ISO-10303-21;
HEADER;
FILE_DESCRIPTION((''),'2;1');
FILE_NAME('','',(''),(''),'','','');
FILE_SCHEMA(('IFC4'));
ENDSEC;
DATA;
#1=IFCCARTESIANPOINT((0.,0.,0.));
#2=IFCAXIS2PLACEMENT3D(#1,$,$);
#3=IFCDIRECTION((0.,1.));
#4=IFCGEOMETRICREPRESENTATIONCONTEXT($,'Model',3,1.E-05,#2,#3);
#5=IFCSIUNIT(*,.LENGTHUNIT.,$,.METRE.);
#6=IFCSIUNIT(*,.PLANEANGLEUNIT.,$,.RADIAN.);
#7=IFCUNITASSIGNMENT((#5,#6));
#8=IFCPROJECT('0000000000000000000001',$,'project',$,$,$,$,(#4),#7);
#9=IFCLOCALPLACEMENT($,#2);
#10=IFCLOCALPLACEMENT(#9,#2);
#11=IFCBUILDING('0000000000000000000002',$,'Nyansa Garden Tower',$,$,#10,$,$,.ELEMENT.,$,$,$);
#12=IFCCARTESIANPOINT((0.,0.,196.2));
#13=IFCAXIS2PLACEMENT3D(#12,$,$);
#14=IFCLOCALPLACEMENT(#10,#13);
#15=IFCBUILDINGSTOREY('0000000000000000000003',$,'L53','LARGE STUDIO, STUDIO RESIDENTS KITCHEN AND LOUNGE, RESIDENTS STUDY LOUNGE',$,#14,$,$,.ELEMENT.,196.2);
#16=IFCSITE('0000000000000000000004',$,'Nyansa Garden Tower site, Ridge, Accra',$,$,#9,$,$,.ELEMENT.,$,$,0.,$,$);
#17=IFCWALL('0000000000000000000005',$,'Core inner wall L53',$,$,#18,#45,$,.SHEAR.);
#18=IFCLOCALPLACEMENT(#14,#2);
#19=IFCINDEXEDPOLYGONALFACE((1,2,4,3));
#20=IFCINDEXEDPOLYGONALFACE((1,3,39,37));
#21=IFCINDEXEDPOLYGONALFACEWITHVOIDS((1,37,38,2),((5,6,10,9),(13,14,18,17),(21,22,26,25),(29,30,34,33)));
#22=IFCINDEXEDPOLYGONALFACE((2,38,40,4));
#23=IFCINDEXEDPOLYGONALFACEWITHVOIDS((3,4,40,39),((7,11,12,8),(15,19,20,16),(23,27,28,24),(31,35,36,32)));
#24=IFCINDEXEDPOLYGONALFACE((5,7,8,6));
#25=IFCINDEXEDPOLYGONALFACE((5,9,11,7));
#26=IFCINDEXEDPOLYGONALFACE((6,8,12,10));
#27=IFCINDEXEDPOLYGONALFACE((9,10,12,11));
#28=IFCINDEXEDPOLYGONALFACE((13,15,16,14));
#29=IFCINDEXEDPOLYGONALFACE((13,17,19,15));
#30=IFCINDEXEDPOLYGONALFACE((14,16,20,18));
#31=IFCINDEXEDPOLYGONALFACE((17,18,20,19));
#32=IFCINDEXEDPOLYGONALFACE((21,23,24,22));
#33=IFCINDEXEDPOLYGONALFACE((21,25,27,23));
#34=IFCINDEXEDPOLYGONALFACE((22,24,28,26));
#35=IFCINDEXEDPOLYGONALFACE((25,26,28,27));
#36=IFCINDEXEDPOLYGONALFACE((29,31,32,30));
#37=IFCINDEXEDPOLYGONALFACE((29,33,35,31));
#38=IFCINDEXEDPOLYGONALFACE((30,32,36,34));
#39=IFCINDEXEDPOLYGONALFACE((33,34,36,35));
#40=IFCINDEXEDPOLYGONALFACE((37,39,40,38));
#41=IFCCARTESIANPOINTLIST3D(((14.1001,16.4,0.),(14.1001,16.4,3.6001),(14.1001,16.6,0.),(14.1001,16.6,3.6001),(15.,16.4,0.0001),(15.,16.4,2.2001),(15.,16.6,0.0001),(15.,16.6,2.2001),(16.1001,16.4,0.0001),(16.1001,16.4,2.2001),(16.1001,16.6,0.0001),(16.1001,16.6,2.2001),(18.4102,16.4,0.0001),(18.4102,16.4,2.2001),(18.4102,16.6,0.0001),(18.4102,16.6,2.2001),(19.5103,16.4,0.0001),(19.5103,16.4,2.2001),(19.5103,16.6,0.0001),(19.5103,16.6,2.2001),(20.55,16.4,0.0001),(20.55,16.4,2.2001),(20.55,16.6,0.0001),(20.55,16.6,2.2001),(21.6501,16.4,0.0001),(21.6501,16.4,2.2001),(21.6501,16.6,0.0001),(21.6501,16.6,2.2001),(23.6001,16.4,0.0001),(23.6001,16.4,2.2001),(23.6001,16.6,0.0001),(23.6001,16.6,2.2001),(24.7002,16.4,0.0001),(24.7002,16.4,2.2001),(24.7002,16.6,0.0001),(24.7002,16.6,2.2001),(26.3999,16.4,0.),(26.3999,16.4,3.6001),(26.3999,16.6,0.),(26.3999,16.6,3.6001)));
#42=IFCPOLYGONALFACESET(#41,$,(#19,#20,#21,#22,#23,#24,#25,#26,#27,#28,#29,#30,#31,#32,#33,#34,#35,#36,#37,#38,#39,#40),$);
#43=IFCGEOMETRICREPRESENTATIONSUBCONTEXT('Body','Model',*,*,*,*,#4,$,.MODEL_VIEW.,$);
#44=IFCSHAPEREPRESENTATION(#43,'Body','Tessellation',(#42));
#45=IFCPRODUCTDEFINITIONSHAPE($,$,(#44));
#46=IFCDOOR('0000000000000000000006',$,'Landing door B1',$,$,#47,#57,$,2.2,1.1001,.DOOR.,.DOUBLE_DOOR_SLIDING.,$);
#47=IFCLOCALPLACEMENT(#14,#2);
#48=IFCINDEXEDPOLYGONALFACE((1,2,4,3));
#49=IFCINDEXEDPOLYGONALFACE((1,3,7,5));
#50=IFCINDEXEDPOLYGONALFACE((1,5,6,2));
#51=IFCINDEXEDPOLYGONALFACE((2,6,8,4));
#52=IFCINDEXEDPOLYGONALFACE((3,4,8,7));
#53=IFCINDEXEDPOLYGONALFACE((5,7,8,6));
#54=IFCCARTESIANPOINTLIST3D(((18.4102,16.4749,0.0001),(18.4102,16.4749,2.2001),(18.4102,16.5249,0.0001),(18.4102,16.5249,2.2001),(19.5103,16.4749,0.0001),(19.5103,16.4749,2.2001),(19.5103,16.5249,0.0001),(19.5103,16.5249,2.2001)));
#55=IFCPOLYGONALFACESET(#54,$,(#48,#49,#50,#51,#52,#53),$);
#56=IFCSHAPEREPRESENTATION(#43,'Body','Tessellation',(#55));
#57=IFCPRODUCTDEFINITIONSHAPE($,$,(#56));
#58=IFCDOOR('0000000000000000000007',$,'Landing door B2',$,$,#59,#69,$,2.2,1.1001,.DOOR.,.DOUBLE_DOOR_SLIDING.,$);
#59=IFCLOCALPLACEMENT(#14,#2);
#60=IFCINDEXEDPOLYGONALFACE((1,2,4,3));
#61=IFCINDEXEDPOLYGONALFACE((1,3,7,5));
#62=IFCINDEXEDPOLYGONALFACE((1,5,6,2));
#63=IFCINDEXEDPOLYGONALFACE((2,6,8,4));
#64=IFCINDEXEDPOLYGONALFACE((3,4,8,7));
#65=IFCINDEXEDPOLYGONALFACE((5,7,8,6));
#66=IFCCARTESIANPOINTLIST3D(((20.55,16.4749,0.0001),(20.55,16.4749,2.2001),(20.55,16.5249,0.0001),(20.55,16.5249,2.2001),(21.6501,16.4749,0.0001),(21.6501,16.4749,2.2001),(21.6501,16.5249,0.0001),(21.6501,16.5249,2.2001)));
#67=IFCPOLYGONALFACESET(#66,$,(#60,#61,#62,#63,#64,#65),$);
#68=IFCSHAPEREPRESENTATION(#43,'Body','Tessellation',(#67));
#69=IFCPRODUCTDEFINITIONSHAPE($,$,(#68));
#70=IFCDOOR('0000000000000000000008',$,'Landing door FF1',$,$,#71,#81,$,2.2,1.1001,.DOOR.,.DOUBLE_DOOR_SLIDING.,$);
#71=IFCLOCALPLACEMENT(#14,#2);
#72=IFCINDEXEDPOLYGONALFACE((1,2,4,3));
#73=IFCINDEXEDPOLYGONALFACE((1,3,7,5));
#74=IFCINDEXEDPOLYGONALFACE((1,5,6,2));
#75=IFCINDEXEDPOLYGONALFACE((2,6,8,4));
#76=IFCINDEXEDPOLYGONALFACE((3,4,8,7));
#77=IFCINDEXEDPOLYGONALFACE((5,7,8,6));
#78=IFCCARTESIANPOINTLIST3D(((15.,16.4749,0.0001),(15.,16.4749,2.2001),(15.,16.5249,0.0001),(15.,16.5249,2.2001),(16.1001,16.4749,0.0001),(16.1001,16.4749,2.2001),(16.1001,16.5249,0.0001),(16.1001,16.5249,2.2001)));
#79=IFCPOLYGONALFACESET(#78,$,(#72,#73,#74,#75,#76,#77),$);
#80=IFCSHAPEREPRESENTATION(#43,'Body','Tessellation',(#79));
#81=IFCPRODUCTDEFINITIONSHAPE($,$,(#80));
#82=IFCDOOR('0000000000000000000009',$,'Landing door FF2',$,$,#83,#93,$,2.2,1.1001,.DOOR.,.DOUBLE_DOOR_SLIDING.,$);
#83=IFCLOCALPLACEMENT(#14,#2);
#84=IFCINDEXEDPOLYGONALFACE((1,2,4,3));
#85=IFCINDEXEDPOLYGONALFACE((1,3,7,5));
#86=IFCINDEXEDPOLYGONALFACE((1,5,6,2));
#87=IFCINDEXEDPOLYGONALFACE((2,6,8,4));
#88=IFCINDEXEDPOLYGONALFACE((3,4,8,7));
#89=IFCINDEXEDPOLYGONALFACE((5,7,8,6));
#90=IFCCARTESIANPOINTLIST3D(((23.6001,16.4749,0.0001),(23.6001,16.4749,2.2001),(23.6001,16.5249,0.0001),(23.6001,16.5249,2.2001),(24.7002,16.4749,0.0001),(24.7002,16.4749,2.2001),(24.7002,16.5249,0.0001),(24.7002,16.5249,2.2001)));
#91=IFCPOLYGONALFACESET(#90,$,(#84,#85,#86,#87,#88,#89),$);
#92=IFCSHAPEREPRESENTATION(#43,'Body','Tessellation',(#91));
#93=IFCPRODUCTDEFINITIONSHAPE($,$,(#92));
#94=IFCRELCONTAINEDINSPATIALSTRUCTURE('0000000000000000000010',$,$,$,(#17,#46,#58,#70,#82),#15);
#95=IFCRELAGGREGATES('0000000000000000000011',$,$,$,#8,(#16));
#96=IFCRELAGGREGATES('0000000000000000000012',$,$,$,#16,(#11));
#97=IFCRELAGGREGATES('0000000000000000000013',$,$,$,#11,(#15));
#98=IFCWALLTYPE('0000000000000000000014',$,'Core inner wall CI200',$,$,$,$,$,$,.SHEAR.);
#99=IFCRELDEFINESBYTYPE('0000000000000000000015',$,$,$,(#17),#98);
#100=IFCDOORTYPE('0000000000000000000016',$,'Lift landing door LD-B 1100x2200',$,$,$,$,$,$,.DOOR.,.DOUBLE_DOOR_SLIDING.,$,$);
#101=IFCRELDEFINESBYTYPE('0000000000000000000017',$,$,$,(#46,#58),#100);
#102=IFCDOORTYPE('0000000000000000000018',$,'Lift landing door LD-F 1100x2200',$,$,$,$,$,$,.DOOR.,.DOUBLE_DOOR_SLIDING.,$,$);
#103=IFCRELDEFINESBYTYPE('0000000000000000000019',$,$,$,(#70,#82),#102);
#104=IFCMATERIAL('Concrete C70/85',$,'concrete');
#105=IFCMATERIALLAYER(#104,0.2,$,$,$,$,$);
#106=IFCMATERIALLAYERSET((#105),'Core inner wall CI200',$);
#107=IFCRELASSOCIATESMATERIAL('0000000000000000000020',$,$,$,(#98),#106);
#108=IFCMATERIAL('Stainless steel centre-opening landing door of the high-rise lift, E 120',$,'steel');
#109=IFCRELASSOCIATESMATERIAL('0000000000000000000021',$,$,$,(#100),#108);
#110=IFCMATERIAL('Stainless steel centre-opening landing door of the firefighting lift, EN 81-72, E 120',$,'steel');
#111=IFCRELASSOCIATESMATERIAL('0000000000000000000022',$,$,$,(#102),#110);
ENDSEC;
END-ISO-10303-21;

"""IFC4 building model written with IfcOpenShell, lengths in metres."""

from ifc_helpers import new_model, si_unit, direction, frame, frame_2d, origin, place, context, subcontext, project, spatial, rectangle, extrude, material, layer, layer_set, type_object, element, fill, save


model = new_model("IFC4")

# Units and contexts
model_context = context("Model", 3, precision=1e-05, world=origin(), true_north=direction((0.0, 1.0)))
body_context = subcontext(model_context, "Body", "Model", "MODEL_VIEW")
ifc_project = project(units=[si_unit("LENGTHUNIT", "METRE"), si_unit("PLANEANGLEUNIT", "RADIAN")], contexts=[model_context])

# Site, building, storey
site_placement = place(None, origin())
site = spatial("IfcSite", under=ifc_project, at=site_placement, Name="Nyansa Garden Tower site, Ridge, Accra", CompositionType="ELEMENT", RefElevation=0.0)
building_placement = place(site_placement, origin())
building = spatial("IfcBuilding", under=site, at=building_placement, Name="Nyansa Garden Tower", CompositionType="ELEMENT")
storey_placement = place(building_placement, frame((0.0, 0.0, 196.2)))
storey = spatial("IfcBuildingStorey", under=building, at=storey_placement, Name="L53", Description="LARGE STUDIO, STUDIO RESIDENTS KITCHEN AND LOUNGE, RESIDENTS STUDY LOUNGE", CompositionType="ELEMENT", Elevation=196.2)

# Wall, openings, doors
ifc_material_1 = material(Name="Concrete C70/85", Category="concrete")
ifc_layer_1 = layer(ifc_material_1, 0.2)
ifc_layer_set_1 = layer_set([ifc_layer_1], Name="Core inner wall CI200")
wall_type_1 = type_object("IfcWallType", Name="Core inner wall CI200", PredefinedType="SHEAR", material=ifc_layer_set_1)
wall_1_placement = place(storey_placement, frame((14.1001, 16.5, 0.0), z_axis=(0.0, 0.0, 1.0), x_axis=(1.0, 0.0, 0.0)))
wall_1 = element("IfcWall", 1, at=wall_1_placement, inside=storey, type_object=wall_type_1, Name="Core inner wall L53", PredefinedType="SHEAR", context=body_context, shape_type="SweptSolid", body=[
    extrude(rectangle(XDim=12.2998, YDim=0.2, at=frame_2d((6.1499, 0.0))), origin(), (0.0, 0.0, 1.0), 3.6001),
])
opening_1_placement = place(wall_1_placement, frame((0.8999, 0.0, 0.0)))
opening_1 = element("IfcOpeningElement", 2, at=opening_1_placement, cuts=wall_1, PredefinedType="OPENING", context=body_context, shape_type="SweptSolid", body=[
    extrude(rectangle(XDim=1.1001, YDim=2.2, at=frame_2d((0.55, 1.1001))), frame((0.0, 0.1099, 0.0), z_axis=(0.0, -1.0, 0.0), x_axis=(1.0, 0.0, 0.0)), (0.0, 0.0, 1.0), 0.22),
])
opening_2_placement = place(wall_1_placement, frame((4.3101, 0.0, 0.0)))
opening_2 = element("IfcOpeningElement", 3, at=opening_2_placement, cuts=wall_1, PredefinedType="OPENING", context=body_context, shape_type="SweptSolid", body=[
    extrude(rectangle(XDim=1.1001, YDim=2.2, at=frame_2d((0.55, 1.1001))), frame((0.0, 0.1099, 0.0), z_axis=(0.0, -1.0, 0.0), x_axis=(1.0, 0.0, 0.0)), (0.0, 0.0, 1.0), 0.22),
])
opening_3_placement = place(wall_1_placement, frame((6.45, 0.0, 0.0)))
opening_3 = element("IfcOpeningElement", 4, at=opening_3_placement, cuts=wall_1, PredefinedType="OPENING", context=body_context, shape_type="SweptSolid", body=[
    extrude(rectangle(XDim=1.1001, YDim=2.2, at=frame_2d((0.55, 1.1001))), frame((0.0, 0.1099, 0.0), z_axis=(0.0, -1.0, 0.0), x_axis=(1.0, 0.0, 0.0)), (0.0, 0.0, 1.0), 0.22),
])
opening_4_placement = place(wall_1_placement, frame((9.5, 0.0, 0.0)))
opening_4 = element("IfcOpeningElement", 5, at=opening_4_placement, cuts=wall_1, PredefinedType="OPENING", context=body_context, shape_type="SweptSolid", body=[
    extrude(rectangle(XDim=1.1001, YDim=2.2, at=frame_2d((0.55, 1.1001))), frame((0.0, 0.1099, 0.0), z_axis=(0.0, -1.0, 0.0), x_axis=(1.0, 0.0, 0.0)), (0.0, 0.0, 1.0), 0.22),
])
ifc_material_2 = material(Name="Stainless steel centre-opening landing door of the high-rise lift, E 120", Category="steel")
door_type_1 = type_object("IfcDoorType", Name="Lift landing door LD-B 1100x2200", OperationType="DOUBLE_DOOR_SLIDING", PredefinedType="DOOR", material=ifc_material_2)
door_1_placement = place(opening_2_placement, origin())
door_1 = element("IfcDoor", 6, at=door_1_placement, inside=storey, type_object=door_type_1, Name="Landing door B1", OperationType="DOUBLE_DOOR_SLIDING", OverallHeight=2.2, OverallWidth=1.1001, PredefinedType="DOOR", context=body_context, shape_type="SweptSolid", body=[
    extrude(rectangle(XDim=1.1001, YDim=2.2, at=frame_2d((0.55, 1.1001))), frame((0.0, 0.0249, 0.0), z_axis=(0.0, -1.0, 0.0), x_axis=(1.0, 0.0, 0.0)), (0.0, 0.0, 1.0), 0.05),
])
fill(opening_2, door_1)
door_2_placement = place(opening_3_placement, origin())
door_2 = element("IfcDoor", 7, at=door_2_placement, inside=storey, type_object=door_type_1, Name="Landing door B2", OperationType="DOUBLE_DOOR_SLIDING", OverallHeight=2.2, OverallWidth=1.1001, PredefinedType="DOOR", context=body_context, shape_type="SweptSolid", body=[
    extrude(rectangle(XDim=1.1001, YDim=2.2, at=frame_2d((0.55, 1.1001))), frame((0.0, 0.0249, 0.0), z_axis=(0.0, -1.0, 0.0), x_axis=(1.0, 0.0, 0.0)), (0.0, 0.0, 1.0), 0.05),
])
fill(opening_3, door_2)
ifc_material_3 = material(Name="Stainless steel centre-opening landing door of the firefighting lift, EN 81-72, E 120", Category="steel")
door_type_2 = type_object("IfcDoorType", Name="Lift landing door LD-F 1100x2200", OperationType="DOUBLE_DOOR_SLIDING", PredefinedType="DOOR", material=ifc_material_3)
door_3_placement = place(opening_1_placement, origin())
door_3 = element("IfcDoor", 8, at=door_3_placement, inside=storey, type_object=door_type_2, Name="Landing door FF1", OperationType="DOUBLE_DOOR_SLIDING", OverallHeight=2.2, OverallWidth=1.1001, PredefinedType="DOOR", context=body_context, shape_type="SweptSolid", body=[
    extrude(rectangle(XDim=1.1001, YDim=2.2, at=frame_2d((0.55, 1.1001))), frame((0.0, 0.0249, 0.0), z_axis=(0.0, -1.0, 0.0), x_axis=(1.0, 0.0, 0.0)), (0.0, 0.0, 1.0), 0.05),
])
fill(opening_1, door_3)
door_4_placement = place(opening_4_placement, origin())
door_4 = element("IfcDoor", 9, at=door_4_placement, inside=storey, type_object=door_type_2, Name="Landing door FF2", OperationType="DOUBLE_DOOR_SLIDING", OverallHeight=2.2, OverallWidth=1.1001, PredefinedType="DOOR", context=body_context, shape_type="SweptSolid", body=[
    extrude(rectangle(XDim=1.1001, YDim=2.2, at=frame_2d((0.55, 1.1001))), frame((0.0, 0.0249, 0.0), z_axis=(0.0, -1.0, 0.0), x_axis=(1.0, 0.0, 0.0)), (0.0, 0.0, 1.0), 0.05),
])
fill(opening_4, door_4)

save(model, "model.ifc")
